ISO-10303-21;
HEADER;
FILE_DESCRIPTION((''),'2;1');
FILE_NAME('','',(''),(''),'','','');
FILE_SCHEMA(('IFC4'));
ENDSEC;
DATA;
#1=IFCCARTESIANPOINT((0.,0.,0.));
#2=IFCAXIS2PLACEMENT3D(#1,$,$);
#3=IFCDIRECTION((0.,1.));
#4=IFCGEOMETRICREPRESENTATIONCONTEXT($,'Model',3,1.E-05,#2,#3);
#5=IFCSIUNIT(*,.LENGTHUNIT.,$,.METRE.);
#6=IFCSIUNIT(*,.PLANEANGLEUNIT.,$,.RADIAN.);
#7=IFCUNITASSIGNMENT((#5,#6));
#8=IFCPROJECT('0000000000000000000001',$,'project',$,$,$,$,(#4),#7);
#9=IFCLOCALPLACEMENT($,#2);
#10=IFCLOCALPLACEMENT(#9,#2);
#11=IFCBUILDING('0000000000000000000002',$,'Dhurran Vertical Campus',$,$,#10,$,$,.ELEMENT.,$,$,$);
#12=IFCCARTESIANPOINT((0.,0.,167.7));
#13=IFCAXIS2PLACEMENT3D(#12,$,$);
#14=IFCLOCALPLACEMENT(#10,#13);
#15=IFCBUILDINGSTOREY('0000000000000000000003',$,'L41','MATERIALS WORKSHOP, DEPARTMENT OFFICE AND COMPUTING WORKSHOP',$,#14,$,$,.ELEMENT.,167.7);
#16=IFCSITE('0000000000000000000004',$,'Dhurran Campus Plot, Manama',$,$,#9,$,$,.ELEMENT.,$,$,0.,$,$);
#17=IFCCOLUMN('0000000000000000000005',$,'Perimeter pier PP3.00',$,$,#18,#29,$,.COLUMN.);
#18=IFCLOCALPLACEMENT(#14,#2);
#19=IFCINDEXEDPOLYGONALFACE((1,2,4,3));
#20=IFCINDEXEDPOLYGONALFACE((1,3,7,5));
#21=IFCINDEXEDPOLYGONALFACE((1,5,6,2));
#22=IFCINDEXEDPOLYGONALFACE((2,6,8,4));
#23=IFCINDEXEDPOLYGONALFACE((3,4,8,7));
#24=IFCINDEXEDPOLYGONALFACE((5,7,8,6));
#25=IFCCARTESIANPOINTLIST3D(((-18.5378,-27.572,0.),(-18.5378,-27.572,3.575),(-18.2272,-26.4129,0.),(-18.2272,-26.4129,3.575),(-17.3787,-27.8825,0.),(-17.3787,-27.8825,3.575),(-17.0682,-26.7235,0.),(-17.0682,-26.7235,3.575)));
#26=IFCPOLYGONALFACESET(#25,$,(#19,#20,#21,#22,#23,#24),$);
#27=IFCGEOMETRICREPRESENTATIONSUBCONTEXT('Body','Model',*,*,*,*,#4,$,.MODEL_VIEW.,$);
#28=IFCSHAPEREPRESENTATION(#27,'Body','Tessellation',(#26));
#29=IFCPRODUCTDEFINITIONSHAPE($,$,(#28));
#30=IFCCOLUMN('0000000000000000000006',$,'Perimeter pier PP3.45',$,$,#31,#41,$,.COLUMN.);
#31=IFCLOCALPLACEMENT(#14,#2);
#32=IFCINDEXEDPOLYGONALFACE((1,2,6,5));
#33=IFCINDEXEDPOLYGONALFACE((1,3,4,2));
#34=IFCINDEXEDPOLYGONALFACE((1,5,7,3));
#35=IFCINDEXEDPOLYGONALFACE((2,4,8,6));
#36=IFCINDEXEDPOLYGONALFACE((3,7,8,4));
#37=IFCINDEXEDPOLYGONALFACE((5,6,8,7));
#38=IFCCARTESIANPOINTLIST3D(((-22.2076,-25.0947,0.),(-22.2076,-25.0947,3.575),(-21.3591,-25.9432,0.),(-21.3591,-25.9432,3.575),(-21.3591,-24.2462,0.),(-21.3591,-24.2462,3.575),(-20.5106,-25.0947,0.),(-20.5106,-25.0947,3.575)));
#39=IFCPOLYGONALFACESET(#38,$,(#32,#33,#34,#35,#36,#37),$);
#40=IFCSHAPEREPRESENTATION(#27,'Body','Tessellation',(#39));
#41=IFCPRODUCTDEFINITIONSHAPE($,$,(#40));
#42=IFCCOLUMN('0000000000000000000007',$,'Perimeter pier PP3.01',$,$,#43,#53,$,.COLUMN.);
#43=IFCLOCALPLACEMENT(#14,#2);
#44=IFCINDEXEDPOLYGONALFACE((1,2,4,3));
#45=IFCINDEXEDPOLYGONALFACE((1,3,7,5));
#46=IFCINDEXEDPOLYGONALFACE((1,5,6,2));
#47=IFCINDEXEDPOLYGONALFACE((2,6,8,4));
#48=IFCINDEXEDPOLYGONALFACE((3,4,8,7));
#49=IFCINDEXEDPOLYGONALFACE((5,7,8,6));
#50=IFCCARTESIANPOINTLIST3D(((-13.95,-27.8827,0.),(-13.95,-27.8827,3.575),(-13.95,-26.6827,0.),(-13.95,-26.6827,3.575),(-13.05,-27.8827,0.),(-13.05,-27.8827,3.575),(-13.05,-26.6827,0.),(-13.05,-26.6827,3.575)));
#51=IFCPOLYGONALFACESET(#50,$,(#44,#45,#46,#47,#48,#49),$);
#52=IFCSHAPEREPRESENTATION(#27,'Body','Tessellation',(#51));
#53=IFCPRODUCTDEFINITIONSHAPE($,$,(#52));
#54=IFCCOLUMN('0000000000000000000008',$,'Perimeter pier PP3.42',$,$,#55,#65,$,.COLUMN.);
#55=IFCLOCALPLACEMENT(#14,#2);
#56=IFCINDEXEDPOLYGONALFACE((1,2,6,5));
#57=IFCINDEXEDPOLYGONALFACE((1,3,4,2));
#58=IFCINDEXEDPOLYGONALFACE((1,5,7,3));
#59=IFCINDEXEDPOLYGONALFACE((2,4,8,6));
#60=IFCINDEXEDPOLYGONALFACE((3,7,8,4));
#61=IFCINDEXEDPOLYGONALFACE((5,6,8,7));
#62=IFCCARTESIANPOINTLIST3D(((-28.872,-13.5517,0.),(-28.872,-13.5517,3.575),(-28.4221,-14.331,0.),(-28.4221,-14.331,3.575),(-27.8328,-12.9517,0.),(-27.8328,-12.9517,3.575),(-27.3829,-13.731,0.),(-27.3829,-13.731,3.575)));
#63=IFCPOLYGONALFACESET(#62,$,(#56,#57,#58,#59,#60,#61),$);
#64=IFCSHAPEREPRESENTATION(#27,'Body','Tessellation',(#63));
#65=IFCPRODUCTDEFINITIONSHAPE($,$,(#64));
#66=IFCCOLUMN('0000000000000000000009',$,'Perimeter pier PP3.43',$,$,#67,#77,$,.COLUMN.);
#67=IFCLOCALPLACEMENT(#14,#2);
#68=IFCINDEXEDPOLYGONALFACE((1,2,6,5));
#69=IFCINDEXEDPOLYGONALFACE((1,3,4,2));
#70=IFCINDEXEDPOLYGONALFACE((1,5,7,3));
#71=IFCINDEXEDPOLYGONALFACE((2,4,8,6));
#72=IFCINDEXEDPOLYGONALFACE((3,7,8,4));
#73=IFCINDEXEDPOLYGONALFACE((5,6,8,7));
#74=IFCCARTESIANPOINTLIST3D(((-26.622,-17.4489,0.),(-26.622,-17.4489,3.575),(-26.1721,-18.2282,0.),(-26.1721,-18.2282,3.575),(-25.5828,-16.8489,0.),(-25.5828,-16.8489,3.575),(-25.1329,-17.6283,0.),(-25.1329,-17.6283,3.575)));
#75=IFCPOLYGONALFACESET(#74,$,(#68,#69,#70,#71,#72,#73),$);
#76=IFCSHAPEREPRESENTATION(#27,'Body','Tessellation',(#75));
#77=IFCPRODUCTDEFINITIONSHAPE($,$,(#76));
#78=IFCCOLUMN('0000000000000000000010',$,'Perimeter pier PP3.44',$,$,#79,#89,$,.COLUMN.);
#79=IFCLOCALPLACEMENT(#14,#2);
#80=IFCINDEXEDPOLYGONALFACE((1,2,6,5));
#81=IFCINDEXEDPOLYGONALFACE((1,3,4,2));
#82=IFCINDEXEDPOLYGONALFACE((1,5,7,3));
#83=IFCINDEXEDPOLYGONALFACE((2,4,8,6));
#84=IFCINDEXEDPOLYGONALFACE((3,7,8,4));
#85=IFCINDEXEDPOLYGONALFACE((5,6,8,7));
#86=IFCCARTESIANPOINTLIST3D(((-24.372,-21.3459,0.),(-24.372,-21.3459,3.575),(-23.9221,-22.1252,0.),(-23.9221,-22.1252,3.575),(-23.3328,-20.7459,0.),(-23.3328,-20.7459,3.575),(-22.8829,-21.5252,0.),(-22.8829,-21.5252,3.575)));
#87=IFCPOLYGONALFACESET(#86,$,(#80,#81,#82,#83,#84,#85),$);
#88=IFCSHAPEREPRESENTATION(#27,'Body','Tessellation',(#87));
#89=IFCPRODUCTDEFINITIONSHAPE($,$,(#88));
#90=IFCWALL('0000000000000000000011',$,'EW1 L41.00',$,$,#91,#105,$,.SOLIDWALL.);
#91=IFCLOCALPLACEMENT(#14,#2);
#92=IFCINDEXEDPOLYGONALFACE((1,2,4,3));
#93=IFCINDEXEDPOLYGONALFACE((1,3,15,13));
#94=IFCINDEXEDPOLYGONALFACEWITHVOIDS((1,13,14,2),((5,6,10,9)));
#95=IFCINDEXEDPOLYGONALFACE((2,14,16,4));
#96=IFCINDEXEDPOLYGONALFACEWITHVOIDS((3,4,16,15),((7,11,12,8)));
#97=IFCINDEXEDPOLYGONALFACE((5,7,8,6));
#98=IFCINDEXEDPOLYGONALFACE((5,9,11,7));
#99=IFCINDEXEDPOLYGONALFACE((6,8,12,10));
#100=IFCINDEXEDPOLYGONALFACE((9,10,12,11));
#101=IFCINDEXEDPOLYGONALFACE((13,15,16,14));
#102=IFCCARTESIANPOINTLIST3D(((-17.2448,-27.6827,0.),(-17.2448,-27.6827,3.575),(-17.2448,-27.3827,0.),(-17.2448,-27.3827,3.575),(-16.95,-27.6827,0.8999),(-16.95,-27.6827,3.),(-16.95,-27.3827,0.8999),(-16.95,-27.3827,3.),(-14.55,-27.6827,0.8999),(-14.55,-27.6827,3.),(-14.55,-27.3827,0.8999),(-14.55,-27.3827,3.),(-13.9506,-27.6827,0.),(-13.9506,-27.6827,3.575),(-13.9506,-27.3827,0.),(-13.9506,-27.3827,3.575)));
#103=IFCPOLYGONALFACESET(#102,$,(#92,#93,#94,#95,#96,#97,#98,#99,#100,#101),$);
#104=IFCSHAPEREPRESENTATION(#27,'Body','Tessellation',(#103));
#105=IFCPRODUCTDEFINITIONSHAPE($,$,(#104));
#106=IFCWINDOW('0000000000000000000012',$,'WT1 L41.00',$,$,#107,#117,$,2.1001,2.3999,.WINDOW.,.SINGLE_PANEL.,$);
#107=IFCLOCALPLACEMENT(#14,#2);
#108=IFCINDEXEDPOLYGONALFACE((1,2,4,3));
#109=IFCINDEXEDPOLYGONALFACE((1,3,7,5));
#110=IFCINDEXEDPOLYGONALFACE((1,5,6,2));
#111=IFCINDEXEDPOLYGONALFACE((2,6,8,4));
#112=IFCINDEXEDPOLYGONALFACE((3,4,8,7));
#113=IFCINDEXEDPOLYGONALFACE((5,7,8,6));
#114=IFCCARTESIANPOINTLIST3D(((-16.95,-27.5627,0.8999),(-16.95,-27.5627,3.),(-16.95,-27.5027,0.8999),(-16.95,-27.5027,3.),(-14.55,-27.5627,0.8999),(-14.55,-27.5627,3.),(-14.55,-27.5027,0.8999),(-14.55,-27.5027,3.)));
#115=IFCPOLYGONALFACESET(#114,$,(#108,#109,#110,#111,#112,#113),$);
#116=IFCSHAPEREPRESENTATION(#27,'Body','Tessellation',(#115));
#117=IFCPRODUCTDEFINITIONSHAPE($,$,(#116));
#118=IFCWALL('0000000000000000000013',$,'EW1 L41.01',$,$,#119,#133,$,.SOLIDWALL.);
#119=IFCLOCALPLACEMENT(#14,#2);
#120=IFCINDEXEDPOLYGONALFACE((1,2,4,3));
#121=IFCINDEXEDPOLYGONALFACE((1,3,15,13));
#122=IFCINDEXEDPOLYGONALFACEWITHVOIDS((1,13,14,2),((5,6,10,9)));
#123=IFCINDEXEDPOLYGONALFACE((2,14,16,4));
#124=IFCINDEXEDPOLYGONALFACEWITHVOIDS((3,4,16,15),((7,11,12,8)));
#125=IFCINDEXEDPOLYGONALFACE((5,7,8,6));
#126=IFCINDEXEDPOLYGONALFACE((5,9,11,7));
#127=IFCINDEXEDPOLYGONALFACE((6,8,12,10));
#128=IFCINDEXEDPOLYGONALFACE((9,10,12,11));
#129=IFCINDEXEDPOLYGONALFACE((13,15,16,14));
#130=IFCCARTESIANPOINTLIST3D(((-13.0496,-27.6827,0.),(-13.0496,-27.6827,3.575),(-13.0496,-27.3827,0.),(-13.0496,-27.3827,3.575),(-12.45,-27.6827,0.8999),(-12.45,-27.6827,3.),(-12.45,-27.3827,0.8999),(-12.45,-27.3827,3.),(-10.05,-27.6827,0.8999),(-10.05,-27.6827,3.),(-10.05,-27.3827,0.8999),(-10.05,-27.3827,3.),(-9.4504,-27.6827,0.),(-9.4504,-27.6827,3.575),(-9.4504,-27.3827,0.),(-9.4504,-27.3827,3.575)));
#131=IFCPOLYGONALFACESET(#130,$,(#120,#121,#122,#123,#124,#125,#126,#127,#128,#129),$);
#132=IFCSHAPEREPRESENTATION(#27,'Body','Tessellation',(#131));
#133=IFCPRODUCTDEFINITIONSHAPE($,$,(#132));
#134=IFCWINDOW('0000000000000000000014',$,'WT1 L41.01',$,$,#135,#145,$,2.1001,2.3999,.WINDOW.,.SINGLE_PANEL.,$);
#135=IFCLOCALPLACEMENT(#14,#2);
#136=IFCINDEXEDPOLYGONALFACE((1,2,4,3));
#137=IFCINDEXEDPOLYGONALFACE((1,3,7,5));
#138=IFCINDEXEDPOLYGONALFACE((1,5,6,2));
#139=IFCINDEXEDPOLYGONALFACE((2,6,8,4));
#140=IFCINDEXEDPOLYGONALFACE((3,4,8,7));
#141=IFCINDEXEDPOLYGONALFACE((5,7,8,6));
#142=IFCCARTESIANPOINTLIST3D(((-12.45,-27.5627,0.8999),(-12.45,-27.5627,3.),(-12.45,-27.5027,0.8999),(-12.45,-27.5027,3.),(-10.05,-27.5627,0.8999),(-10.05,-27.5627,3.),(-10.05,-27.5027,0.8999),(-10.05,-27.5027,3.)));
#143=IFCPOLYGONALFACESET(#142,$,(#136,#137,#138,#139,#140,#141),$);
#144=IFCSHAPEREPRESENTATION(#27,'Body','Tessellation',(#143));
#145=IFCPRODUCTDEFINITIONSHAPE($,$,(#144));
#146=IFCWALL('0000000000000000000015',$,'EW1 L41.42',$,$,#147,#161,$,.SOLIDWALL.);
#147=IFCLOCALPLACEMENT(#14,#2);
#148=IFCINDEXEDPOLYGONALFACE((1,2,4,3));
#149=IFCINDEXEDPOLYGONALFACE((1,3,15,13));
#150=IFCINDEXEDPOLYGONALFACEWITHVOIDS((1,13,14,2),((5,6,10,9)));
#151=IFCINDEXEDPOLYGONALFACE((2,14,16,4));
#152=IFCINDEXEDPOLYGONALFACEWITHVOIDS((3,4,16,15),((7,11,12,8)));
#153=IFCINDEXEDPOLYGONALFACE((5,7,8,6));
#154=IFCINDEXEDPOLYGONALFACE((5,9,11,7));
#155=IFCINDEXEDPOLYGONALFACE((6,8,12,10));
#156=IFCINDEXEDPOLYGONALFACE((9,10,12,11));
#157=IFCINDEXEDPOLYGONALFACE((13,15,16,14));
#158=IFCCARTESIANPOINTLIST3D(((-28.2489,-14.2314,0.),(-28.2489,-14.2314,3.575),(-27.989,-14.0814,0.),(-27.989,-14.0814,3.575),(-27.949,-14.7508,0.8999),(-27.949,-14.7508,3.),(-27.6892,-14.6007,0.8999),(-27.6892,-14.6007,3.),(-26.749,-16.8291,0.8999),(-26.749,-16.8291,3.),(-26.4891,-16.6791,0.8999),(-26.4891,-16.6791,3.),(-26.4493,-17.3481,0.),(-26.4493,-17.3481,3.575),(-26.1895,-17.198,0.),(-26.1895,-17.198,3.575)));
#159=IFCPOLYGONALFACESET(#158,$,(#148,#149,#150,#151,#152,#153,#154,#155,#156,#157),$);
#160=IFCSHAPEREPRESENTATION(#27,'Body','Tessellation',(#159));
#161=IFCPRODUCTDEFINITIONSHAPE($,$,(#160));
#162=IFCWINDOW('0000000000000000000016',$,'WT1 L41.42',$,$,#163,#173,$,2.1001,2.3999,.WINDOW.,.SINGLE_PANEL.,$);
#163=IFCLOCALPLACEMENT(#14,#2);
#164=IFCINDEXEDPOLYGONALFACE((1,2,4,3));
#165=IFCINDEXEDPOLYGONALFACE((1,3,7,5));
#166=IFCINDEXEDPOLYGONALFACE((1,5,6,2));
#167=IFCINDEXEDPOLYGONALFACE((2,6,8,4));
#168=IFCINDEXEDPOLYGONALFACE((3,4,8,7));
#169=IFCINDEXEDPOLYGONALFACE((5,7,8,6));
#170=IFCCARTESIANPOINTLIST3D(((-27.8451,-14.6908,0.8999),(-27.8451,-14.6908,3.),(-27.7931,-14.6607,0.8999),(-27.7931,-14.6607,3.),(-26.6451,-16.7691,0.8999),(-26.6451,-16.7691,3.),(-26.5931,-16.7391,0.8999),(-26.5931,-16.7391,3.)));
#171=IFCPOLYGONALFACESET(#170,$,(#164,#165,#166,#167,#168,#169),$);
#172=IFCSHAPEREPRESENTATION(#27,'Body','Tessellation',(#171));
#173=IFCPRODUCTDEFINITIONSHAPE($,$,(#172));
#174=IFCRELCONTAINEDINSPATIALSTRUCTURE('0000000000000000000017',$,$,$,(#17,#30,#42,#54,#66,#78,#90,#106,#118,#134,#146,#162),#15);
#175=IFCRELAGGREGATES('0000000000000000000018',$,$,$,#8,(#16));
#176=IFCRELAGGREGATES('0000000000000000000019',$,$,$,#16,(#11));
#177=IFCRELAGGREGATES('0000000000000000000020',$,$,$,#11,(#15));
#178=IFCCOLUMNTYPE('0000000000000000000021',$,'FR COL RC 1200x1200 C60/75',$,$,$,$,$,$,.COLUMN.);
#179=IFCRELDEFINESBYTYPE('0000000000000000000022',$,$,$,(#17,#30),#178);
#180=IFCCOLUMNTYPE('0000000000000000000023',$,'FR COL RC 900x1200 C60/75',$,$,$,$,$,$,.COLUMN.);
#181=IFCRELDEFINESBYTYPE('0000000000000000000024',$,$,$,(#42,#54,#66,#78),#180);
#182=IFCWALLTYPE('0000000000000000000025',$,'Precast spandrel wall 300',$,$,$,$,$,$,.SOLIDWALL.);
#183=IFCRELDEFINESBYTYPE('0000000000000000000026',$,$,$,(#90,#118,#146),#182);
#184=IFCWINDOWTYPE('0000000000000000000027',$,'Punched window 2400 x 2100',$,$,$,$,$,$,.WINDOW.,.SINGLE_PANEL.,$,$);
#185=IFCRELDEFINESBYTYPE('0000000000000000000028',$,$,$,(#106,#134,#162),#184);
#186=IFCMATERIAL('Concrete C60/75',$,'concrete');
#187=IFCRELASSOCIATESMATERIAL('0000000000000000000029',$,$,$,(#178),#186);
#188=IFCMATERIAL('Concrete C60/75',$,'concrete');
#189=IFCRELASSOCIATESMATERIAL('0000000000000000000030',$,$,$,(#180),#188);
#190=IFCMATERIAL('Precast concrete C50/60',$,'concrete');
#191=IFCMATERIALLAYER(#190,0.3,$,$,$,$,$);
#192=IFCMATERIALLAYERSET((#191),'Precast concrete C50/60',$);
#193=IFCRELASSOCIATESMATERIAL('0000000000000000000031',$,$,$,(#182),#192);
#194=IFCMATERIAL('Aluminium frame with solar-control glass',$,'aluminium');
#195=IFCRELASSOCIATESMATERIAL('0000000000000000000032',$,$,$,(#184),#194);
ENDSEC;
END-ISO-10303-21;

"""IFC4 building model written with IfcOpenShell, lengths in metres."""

from ifc_helpers import new_model, si_unit, direction, frame, frame_2d, origin, origin_2d, place, context, subcontext, project, spatial, rectangle, extrude, material, layer, layer_set, material_profile, profile_set, type_object, element, fill, save


model = new_model("IFC4")

# Units and contexts
model_context = context("Model", 3, precision=1e-05, world=origin(), true_north=direction((0.0, 1.0)))
body_context = subcontext(model_context, "Body", "Model", "MODEL_VIEW")
ifc_project = project(units=[si_unit("LENGTHUNIT", "METRE"), si_unit("PLANEANGLEUNIT", "RADIAN")], contexts=[model_context])

# Site, building, storey
site_placement = place(None, origin())
site = spatial("IfcSite", under=ifc_project, at=site_placement, Name="Dhurran Campus Plot, Manama", CompositionType="ELEMENT", RefElevation=0.0)
building_placement = place(site_placement, origin())
building = spatial("IfcBuilding", under=site, at=building_placement, Name="Dhurran Vertical Campus", CompositionType="ELEMENT")
storey_placement = place(building_placement, frame((0.0, 0.0, 167.7)))
storey = spatial("IfcBuildingStorey", under=building, at=storey_placement, Name="L41", Description="MATERIALS WORKSHOP, DEPARTMENT OFFICE AND COMPUTING WORKSHOP", CompositionType="ELEMENT", Elevation=167.7)

# Columns
ifc_material_1 = material(Name="Concrete C60/75", Category="concrete")
ifc_material_profile_1 = material_profile(ifc_material_1, rectangle(XDim=1.2, YDim=1.2, at=origin_2d()), Name="RC 1200x1200")
ifc_profile_set_1 = profile_set([ifc_material_profile_1], Name="Concrete C60/75")
column_type_1 = type_object("IfcColumnType", Name="FR COL RC 1200x1200 C60/75", PredefinedType="COLUMN", material=ifc_profile_set_1)
for number, where, z_axis, x_axis, name in (
    (1, (-17.803, -27.1477, 0.0), (0.0, 0.0, 1.0), (0.965926, -0.258819, 0.0), "Perimeter pier PP3.00"),
    (2, (-21.3591, -25.0947, 0.0), (0.0, 0.0, 1.0), (0.707107, -0.707107, 0.0), "Perimeter pier PP3.45"),
):
    element("IfcColumn", number, at=place(storey_placement, frame(where, z_axis=z_axis, x_axis=x_axis)), inside=storey, type_object=column_type_1, Name=name, PredefinedType="COLUMN", context=body_context, shape_type="SweptSolid", body=[
        extrude(rectangle(XDim=1.2, YDim=1.2, at=origin_2d()), origin(), (0.0, 0.0, 1.0), 3.575),
    ])
ifc_material_2 = material(Name="Concrete C60/75", Category="concrete")
ifc_material_profile_2 = material_profile(ifc_material_2, rectangle(XDim=0.8999, YDim=1.2, at=origin_2d()), Name="RC 900x1200")
ifc_profile_set_2 = profile_set([ifc_material_profile_2], Name="Concrete C60/75")
column_type_2 = type_object("IfcColumnType", Name="FR COL RC 900x1200 C60/75", PredefinedType="COLUMN", material=ifc_profile_set_2)
for number, where, z_axis, x_axis, name in (
    (3, (-13.5, -27.2827, 0.0), (0.0, 0.0, 1.0), (1.0, 0.0, 0.0), "Perimeter pier PP3.01"),
    (4, (-28.1274, -13.6414, 0.0), (0.0, 0.0, 1.0), (0.5, -0.866025, 0.0), "Perimeter pier PP3.42"),
    (5, (-25.8774, -17.5386, 0.0), (0.0, 0.0, 1.0), (0.5, -0.866025, 0.0), "Perimeter pier PP3.43"),
    (6, (-23.6274, -21.4355, 0.0), (0.0, 0.0, 1.0), (0.5, -0.866025, 0.0), "Perimeter pier PP3.44"),
):
    element("IfcColumn", number, at=place(storey_placement, frame(where, z_axis=z_axis, x_axis=x_axis)), inside=storey, type_object=column_type_2, Name=name, PredefinedType="COLUMN", context=body_context, shape_type="SweptSolid", body=[
        extrude(rectangle(XDim=0.8999, YDim=1.2, at=origin_2d()), origin(), (0.0, 0.0, 1.0), 3.575),
    ])

# Walls, openings, windows
ifc_material_3 = material(Name="Precast concrete C50/60", Category="concrete")
ifc_layer_1 = layer(ifc_material_3, 0.3)
ifc_layer_set_1 = layer_set([ifc_layer_1], Name="Precast concrete C50/60")
wall_type_1 = type_object("IfcWallType", Name="Precast spandrel wall 300", PredefinedType="SOLIDWALL", material=ifc_layer_set_1)
wall_1_placement = place(storey_placement, frame((-17.2446, -27.5327, 0.0), z_axis=(0.0, 0.0, 1.0), x_axis=(1.0, 0.0, 0.0)))
wall_1 = element("IfcWall", 7, at=wall_1_placement, inside=storey, type_object=wall_type_1, Name="EW1 L41.00", PredefinedType="SOLIDWALL", context=body_context, shape_type="SweptSolid", body=[
    extrude(rectangle(XDim=3.2942, YDim=0.3, at=frame_2d((1.647, 0.0))), origin(), (0.0, 0.0, 1.0), 3.575),
])
opening_1_placement = place(wall_1_placement, frame((0.2947, 0.0, 0.8999)))
opening_1 = element("IfcOpeningElement", 8, at=opening_1_placement, cuts=wall_1, PredefinedType="OPENING", context=body_context, shape_type="SweptSolid", body=[
    extrude(rectangle(XDim=2.3999, YDim=2.1001, at=frame_2d((1.2, 1.05))), frame((0.0, 0.1599, 0.0), z_axis=(0.0, -1.0, 0.0), x_axis=(1.0, 0.0, 0.0)), (0.0, 0.0, 1.0), 0.3201),
])
ifc_material_4 = material(Name="Aluminium frame with solar-control glass", Category="aluminium")
window_type = type_object("IfcWindowType", Name="Punched window 2400 x 2100", PartitioningType="SINGLE_PANEL", PredefinedType="WINDOW", material=ifc_material_4)
window_1_placement = place(opening_1_placement, origin())
window_1 = element("IfcWindow", 9, at=window_1_placement, inside=storey, type_object=window_type, Name="WT1 L41.00", OverallHeight=2.1001, OverallWidth=2.3999, PartitioningType="SINGLE_PANEL", PredefinedType="WINDOW", context=body_context, shape_type="SweptSolid", body=[
    extrude(rectangle(XDim=2.3999, YDim=2.1001, at=frame_2d((1.2, 1.05))), frame((0.0, 0.03, 0.0), z_axis=(0.0, -1.0, 0.0), x_axis=(1.0, 0.0, 0.0)), (0.0, 0.0, 1.0), 0.0601),
])
fill(opening_1, window_1)
wall_2_placement = place(storey_placement, frame((-13.0496, -27.5327, 0.0), z_axis=(0.0, 0.0, 1.0), x_axis=(1.0, 0.0, 0.0)))
wall_2 = element("IfcWall", 10, at=wall_2_placement, inside=storey, type_object=wall_type_1, Name="EW1 L41.01", PredefinedType="SOLIDWALL", context=body_context, shape_type="SweptSolid", body=[
    extrude(rectangle(XDim=3.5991, YDim=0.3, at=frame_2d((1.7996, 0.0))), origin(), (0.0, 0.0, 1.0), 3.575),
])
opening_2_placement = place(wall_2_placement, frame((0.5996, 0.0, 0.8999)))
opening_2 = element("IfcOpeningElement", 11, at=opening_2_placement, cuts=wall_2, PredefinedType="OPENING", context=body_context, shape_type="SweptSolid", body=[
    extrude(rectangle(XDim=2.3999, YDim=2.1001, at=frame_2d((1.2, 1.05))), frame((0.0, 0.1599, 0.0), z_axis=(0.0, -1.0, 0.0), x_axis=(1.0, 0.0, 0.0)), (0.0, 0.0, 1.0), 0.3201),
])
window_2_placement = place(opening_2_placement, origin())
window_2 = element("IfcWindow", 12, at=window_2_placement, inside=storey, type_object=window_type, Name="WT1 L41.01", OverallHeight=2.1001, OverallWidth=2.3999, PartitioningType="SINGLE_PANEL", PredefinedType="WINDOW", context=body_context, shape_type="SweptSolid", body=[
    extrude(rectangle(XDim=2.3999, YDim=2.1001, at=frame_2d((1.2, 1.05))), frame((0.0, 0.03, 0.0), z_axis=(0.0, -1.0, 0.0), x_axis=(1.0, 0.0, 0.0)), (0.0, 0.0, 1.0), 0.0601),
])
fill(opening_2, window_2)
wall_3_placement = place(storey_placement, frame((-28.1189, -14.1565, 0.0), z_axis=(0.0, 0.0, 1.0), x_axis=(0.500028, -0.866009, 0.0)))
wall_3 = element("IfcWall", 13, at=wall_3_placement, inside=storey, type_object=wall_type_1, Name="EW1 L41.42", PredefinedType="SOLIDWALL", context=body_context, shape_type="SweptSolid", body=[
    extrude(rectangle(XDim=3.5989, YDim=0.3, at=frame_2d((1.7993, 0.0))), origin(), (0.0, 0.0, 1.0), 3.575),
])
opening_3_placement = place(wall_3_placement, frame((0.5996, 0.0, 0.8999)))
opening_3 = element("IfcOpeningElement", 14, at=opening_3_placement, cuts=wall_3, PredefinedType="OPENING", context=body_context, shape_type="SweptSolid", body=[
    extrude(rectangle(XDim=2.3999, YDim=2.1001, at=frame_2d((1.2, 1.05))), frame((0.0, 0.1599, 0.0), z_axis=(0.0, -1.0, 0.0), x_axis=(1.0, 0.0, 0.0)), (0.0, 0.0, 1.0), 0.3201),
])
window_3_placement = place(opening_3_placement, origin())
window_3 = element("IfcWindow", 15, at=window_3_placement, inside=storey, type_object=window_type, Name="WT1 L41.42", OverallHeight=2.1001, OverallWidth=2.3999, PartitioningType="SINGLE_PANEL", PredefinedType="WINDOW", context=body_context, shape_type="SweptSolid", body=[
    extrude(rectangle(XDim=2.3999, YDim=2.1001, at=frame_2d((1.2, 1.05))), frame((0.0, 0.03, 0.0), z_axis=(0.0, -1.0, 0.0), x_axis=(1.0, 0.0, 0.0)), (0.0, 0.0, 1.0), 0.0601),
])
fill(opening_3, window_3)

save(model, "model.ifc")
